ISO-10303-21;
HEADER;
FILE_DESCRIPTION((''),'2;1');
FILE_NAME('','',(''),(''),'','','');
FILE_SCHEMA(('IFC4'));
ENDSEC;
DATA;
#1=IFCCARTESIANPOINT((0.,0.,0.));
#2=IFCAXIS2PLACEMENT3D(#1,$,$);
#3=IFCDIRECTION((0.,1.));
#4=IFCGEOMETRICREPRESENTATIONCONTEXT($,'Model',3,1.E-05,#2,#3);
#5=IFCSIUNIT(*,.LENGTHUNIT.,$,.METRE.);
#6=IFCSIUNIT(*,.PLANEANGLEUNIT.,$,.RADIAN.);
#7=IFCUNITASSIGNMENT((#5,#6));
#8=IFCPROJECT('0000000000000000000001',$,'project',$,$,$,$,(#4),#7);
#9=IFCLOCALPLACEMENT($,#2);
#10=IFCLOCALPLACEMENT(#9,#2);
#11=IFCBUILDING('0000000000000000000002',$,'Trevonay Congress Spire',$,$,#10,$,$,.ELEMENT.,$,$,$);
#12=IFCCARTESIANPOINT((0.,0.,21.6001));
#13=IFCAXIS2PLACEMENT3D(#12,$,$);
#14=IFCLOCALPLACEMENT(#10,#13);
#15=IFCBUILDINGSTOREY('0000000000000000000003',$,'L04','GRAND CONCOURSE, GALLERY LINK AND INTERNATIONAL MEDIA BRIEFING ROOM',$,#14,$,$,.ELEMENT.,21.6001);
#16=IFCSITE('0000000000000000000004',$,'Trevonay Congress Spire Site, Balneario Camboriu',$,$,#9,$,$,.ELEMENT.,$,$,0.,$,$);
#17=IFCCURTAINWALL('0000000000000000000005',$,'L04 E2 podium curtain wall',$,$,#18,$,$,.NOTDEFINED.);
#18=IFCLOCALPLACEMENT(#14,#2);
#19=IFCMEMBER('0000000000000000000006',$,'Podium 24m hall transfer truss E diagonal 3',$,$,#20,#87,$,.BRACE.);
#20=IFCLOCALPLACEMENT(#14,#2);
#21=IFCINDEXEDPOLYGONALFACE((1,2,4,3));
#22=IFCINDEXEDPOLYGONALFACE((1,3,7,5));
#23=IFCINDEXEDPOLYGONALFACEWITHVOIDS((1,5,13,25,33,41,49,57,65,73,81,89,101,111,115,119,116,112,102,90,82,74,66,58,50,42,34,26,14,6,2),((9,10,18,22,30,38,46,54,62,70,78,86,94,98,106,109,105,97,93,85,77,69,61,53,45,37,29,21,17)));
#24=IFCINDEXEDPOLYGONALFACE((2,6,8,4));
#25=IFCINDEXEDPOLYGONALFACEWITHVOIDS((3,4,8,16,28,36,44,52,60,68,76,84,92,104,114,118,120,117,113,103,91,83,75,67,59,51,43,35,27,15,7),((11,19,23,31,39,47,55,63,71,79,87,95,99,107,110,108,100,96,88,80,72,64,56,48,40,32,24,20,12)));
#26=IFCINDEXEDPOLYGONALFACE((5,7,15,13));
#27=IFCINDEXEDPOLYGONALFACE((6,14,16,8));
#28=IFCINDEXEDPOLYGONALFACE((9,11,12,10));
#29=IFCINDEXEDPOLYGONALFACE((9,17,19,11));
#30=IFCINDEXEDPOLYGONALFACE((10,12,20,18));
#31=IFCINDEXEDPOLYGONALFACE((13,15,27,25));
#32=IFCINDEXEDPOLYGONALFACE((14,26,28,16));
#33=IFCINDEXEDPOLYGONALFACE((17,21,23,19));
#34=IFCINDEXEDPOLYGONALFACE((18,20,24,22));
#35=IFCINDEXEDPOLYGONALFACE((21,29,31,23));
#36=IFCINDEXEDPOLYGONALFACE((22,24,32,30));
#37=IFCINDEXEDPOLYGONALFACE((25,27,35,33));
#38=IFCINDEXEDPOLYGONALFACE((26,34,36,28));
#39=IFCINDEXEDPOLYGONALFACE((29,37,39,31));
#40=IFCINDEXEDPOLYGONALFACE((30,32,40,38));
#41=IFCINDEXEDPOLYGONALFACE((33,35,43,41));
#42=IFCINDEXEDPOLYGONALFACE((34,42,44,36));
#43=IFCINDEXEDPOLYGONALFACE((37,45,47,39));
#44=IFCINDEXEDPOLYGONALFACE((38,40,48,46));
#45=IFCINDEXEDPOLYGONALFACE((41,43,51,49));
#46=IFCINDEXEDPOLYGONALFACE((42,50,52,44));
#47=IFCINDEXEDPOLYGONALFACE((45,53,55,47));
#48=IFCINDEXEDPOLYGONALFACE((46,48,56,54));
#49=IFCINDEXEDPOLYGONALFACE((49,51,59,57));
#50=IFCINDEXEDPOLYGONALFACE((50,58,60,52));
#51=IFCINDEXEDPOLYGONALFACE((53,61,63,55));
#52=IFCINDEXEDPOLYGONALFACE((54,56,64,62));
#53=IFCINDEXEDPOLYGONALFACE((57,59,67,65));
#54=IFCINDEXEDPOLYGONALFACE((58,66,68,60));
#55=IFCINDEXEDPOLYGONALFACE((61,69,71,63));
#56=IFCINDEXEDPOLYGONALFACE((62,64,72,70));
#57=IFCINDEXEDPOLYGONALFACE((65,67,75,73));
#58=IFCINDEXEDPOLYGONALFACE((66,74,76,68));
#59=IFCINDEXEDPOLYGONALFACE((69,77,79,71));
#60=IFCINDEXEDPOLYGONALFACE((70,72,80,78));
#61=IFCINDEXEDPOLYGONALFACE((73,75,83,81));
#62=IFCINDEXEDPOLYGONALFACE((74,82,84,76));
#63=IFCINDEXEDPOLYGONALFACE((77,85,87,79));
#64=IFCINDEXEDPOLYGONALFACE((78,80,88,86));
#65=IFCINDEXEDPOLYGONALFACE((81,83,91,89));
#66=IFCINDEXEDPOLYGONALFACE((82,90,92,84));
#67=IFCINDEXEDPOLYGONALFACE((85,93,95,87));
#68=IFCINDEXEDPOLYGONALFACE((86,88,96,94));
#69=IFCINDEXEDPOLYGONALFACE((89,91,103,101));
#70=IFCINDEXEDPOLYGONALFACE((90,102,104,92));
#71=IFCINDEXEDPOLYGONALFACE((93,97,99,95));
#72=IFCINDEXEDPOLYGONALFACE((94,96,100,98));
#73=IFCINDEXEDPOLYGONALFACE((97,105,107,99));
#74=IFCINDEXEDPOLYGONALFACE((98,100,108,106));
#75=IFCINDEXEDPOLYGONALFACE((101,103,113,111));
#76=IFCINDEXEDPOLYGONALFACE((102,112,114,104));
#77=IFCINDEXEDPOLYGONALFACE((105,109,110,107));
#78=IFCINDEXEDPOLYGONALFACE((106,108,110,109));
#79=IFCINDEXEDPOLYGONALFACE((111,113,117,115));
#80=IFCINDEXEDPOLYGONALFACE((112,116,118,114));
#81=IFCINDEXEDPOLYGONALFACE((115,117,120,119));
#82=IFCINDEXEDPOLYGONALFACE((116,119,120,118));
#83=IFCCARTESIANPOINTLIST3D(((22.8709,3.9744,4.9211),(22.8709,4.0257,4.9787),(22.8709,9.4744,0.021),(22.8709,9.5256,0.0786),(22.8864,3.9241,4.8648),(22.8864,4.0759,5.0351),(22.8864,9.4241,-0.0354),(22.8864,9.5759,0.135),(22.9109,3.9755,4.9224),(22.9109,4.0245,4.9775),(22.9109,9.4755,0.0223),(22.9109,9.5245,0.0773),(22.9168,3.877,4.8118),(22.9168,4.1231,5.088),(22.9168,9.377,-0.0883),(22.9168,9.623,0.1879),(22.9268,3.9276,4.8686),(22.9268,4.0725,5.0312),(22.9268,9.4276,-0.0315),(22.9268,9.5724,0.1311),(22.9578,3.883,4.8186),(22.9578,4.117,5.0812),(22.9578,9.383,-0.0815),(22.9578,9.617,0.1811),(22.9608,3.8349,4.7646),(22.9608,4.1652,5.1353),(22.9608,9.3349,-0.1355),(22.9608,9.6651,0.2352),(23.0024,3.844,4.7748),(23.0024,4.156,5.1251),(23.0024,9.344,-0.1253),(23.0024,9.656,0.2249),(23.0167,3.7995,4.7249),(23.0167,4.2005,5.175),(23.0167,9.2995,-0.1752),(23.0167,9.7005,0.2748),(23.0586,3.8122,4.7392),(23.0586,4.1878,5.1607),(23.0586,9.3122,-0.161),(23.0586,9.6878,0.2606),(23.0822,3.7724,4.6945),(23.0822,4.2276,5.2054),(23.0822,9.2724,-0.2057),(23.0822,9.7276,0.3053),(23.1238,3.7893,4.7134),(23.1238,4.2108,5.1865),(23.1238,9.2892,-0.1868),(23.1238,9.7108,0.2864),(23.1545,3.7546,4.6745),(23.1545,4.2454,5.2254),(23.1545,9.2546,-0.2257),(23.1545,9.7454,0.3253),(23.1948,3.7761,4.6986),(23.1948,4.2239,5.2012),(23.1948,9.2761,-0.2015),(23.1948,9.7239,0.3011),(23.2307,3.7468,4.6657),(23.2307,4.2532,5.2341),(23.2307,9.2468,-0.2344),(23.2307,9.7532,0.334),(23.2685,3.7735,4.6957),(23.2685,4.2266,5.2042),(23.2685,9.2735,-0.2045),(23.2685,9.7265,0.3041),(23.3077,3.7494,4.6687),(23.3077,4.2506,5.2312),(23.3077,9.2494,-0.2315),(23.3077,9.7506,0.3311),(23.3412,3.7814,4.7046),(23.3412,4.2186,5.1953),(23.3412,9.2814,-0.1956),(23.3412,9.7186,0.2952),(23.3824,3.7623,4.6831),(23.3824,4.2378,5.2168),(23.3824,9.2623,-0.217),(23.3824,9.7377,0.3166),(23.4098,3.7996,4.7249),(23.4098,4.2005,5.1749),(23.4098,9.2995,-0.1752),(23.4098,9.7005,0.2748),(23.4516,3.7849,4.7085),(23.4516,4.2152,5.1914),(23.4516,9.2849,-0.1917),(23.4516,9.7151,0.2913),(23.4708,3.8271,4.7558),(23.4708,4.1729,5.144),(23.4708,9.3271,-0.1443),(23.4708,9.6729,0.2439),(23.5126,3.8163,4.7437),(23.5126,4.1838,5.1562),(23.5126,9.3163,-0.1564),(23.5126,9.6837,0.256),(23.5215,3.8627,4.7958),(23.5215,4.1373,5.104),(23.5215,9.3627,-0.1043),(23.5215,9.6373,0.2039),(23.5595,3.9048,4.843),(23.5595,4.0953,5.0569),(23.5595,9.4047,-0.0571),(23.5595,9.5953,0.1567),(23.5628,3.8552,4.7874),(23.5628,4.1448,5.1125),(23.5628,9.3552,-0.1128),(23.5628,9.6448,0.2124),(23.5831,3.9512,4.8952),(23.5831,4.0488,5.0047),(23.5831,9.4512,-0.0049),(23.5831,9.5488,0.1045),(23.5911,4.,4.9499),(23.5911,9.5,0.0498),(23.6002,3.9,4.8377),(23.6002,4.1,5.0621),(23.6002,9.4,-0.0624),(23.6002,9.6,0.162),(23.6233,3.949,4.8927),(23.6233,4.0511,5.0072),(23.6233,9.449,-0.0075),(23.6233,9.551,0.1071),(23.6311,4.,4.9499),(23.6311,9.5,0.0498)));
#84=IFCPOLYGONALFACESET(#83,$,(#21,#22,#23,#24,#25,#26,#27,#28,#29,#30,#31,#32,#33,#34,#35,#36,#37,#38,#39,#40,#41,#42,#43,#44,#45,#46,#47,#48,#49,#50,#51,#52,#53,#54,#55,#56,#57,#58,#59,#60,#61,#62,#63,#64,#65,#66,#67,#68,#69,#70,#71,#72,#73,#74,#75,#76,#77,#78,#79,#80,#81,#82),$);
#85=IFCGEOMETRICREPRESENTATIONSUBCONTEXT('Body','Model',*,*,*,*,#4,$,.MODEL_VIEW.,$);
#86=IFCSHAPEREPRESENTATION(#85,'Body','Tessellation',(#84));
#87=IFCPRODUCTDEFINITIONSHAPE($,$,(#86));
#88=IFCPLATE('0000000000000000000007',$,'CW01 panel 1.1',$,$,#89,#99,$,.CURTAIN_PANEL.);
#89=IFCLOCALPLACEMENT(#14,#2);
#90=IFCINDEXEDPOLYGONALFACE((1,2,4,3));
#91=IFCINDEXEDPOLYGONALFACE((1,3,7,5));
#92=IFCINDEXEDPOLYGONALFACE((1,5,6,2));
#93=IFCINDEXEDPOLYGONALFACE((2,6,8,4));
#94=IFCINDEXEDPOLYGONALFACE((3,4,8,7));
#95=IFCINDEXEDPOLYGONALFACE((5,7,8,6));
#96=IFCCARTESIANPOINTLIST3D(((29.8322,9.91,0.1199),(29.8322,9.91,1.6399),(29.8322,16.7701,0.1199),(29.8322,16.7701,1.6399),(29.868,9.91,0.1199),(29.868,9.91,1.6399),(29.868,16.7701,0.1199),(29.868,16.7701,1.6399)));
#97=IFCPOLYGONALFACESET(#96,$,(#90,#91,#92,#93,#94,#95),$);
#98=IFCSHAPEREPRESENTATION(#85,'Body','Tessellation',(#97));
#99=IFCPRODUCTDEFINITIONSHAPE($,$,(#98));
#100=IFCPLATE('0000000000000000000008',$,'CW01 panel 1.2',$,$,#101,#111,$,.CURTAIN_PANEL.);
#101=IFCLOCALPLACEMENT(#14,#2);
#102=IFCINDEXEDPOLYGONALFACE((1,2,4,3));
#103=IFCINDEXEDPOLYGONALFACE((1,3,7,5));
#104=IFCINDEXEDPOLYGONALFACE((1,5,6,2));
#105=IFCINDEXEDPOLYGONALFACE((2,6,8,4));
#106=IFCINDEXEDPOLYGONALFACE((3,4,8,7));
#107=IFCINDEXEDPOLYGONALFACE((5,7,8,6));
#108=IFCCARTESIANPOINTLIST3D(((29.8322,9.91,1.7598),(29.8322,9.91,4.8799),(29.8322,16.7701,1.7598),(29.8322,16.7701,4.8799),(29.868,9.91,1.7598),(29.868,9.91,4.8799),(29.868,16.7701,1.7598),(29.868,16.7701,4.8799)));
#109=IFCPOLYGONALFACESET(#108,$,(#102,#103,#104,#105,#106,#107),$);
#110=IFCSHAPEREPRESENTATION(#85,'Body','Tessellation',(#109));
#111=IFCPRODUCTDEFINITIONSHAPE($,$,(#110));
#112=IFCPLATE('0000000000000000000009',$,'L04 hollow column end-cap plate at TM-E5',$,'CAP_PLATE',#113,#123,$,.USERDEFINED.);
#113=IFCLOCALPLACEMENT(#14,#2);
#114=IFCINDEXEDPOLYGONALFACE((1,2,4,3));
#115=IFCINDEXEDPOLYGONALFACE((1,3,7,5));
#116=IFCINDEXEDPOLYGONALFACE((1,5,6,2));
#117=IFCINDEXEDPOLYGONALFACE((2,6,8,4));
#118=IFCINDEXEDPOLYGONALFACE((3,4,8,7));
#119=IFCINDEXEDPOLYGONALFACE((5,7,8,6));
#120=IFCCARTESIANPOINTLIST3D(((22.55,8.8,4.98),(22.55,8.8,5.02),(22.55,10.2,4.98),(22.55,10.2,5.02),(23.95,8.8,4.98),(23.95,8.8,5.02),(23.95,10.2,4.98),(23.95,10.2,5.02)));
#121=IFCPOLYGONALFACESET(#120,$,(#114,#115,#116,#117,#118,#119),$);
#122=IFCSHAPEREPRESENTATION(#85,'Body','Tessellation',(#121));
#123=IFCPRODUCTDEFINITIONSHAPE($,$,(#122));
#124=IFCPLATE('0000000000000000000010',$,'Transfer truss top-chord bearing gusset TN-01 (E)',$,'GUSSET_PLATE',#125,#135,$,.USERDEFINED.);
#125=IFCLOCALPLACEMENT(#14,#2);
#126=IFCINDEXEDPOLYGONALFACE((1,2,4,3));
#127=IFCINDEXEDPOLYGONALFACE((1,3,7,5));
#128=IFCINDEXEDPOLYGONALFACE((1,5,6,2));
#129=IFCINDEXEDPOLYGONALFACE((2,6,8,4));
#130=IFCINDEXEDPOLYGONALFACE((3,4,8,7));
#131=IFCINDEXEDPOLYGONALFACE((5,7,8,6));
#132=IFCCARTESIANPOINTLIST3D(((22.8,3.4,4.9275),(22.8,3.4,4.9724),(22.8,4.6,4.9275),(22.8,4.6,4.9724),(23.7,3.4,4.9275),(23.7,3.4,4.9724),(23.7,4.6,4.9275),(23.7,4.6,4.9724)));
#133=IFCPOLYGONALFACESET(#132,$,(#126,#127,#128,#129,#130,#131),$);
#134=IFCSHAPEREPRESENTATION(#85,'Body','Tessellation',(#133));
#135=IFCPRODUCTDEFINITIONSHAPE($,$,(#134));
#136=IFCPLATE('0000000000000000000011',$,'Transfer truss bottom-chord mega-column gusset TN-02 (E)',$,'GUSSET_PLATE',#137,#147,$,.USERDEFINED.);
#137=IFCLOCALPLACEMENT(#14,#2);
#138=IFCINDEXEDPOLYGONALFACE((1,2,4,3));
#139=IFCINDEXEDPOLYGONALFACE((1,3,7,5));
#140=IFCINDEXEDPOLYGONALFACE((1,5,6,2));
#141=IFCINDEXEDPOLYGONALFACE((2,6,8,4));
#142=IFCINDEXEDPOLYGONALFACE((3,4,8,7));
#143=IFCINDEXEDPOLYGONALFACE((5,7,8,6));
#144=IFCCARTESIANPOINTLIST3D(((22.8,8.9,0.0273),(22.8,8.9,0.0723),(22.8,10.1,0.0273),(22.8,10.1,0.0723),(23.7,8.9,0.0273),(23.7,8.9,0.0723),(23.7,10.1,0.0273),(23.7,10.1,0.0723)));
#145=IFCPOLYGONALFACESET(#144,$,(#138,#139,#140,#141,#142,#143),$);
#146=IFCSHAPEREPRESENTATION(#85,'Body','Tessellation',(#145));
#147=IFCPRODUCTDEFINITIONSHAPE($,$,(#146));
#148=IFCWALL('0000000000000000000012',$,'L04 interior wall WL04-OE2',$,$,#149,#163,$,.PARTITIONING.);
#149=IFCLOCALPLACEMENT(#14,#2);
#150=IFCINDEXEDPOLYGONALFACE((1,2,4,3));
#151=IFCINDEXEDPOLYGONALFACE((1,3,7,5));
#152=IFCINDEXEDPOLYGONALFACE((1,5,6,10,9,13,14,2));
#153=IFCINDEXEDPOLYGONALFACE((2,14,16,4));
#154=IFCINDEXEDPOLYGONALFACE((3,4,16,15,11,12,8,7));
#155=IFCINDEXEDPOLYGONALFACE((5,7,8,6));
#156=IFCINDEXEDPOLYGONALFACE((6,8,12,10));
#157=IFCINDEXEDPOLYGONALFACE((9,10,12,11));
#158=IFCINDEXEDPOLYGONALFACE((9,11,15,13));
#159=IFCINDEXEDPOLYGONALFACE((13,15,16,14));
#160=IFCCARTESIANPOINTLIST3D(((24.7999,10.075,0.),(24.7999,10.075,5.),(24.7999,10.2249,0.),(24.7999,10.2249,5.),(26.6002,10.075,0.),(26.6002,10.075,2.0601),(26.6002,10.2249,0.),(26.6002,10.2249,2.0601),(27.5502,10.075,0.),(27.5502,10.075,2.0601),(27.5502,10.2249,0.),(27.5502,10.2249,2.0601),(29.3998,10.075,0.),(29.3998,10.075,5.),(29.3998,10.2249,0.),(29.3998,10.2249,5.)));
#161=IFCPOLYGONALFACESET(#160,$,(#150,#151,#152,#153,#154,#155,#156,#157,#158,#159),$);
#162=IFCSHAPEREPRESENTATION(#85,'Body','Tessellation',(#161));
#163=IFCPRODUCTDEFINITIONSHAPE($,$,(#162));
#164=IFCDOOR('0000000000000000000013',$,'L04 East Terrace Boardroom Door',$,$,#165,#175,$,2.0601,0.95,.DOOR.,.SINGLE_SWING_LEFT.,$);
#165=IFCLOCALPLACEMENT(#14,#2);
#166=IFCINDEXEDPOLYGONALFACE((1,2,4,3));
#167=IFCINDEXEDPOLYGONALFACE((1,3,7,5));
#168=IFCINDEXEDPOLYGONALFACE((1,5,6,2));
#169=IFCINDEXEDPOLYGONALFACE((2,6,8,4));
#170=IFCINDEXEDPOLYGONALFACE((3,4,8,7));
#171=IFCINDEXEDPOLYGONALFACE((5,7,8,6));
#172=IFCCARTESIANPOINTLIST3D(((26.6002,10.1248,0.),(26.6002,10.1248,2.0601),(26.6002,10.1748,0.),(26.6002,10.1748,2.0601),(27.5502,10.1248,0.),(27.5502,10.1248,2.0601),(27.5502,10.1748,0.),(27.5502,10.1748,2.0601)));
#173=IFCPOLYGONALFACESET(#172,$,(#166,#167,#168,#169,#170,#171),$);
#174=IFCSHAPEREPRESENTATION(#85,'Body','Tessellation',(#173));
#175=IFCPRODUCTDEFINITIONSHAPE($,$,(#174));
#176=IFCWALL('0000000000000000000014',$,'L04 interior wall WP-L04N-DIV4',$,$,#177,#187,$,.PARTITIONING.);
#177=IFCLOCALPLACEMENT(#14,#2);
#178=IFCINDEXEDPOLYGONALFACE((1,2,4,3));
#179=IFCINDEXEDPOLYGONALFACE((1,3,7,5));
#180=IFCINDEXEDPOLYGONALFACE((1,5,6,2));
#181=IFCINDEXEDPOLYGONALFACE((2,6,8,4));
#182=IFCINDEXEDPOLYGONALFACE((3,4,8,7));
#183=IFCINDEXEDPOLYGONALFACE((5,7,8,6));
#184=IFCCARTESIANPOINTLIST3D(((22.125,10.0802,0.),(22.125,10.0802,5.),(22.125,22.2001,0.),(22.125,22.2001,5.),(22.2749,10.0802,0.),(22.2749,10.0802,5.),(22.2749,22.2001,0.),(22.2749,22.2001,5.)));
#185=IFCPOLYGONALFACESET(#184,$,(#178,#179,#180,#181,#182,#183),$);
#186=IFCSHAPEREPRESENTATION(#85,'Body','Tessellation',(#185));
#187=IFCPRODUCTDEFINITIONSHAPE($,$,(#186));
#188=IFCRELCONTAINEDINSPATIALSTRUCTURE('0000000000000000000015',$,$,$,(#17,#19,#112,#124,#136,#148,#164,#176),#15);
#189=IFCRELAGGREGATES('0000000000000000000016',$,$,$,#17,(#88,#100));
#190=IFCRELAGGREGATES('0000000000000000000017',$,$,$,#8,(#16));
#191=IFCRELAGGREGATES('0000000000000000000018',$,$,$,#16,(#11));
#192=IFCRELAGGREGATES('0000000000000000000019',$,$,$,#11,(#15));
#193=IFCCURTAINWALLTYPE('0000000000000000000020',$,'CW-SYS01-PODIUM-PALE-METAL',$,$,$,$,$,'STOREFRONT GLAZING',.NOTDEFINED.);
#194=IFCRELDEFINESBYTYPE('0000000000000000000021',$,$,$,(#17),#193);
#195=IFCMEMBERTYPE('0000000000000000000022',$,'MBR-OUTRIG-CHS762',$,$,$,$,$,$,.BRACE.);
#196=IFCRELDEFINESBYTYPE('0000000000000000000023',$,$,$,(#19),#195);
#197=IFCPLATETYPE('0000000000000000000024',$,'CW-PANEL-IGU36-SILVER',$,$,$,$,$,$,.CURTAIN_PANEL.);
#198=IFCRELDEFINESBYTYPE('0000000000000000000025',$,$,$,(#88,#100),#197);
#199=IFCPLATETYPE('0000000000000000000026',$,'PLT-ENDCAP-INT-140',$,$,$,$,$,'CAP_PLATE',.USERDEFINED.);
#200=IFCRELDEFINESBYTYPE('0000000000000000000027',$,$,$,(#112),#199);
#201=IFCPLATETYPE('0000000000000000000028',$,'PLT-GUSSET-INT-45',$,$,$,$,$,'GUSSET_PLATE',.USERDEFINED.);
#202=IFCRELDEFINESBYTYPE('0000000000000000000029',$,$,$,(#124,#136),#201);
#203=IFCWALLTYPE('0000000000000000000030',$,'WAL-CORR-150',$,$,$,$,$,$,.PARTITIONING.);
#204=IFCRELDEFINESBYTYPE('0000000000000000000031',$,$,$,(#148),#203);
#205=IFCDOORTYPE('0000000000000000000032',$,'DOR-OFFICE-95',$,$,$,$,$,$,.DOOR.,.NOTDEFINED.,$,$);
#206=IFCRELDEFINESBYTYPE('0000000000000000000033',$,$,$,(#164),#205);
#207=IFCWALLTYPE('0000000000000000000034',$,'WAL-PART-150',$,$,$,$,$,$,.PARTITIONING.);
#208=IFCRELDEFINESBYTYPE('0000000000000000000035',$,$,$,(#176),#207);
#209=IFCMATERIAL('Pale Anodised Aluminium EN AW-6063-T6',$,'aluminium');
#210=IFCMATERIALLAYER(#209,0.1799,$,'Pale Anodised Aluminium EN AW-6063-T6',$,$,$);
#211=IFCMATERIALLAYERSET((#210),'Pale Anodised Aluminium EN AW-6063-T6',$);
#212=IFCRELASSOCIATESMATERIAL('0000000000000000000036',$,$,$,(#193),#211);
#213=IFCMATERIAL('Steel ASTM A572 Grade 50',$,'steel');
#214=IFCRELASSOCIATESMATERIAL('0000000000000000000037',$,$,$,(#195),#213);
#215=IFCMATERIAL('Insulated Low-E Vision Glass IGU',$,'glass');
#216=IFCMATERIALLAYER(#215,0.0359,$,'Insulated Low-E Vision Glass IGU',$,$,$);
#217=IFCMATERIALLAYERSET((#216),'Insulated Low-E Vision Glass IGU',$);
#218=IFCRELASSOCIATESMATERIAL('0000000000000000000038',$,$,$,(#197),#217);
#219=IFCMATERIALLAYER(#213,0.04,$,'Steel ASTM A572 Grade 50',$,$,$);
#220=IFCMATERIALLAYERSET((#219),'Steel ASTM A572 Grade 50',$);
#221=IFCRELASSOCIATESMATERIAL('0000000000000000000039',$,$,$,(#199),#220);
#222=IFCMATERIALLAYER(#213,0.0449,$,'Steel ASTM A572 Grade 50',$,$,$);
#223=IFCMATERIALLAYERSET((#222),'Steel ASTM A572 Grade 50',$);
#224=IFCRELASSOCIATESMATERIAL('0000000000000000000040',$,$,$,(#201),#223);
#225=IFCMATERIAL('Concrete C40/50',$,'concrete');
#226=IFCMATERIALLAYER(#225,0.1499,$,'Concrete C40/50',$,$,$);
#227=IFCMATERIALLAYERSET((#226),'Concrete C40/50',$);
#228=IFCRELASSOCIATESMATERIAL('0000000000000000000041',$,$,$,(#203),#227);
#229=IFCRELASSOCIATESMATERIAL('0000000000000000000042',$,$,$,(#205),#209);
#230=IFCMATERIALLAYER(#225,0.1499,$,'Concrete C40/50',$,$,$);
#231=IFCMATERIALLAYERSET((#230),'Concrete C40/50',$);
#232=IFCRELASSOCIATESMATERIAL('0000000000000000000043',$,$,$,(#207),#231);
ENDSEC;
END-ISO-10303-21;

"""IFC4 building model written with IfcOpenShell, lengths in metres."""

from ifc_helpers import new_model, si_unit, direction, frame, frame_2d, origin, origin_2d, place, context, subcontext, project, spatial, rectangle, hollow_circle, extrude, material, layer, layer_set, material_profile, profile_set, type_object, element, fill, aggregate, save


model = new_model("IFC4")

# Units and contexts
model_context = context("Model", 3, precision=1e-05, world=origin(), true_north=direction((0.0, 1.0)))
body_context = subcontext(model_context, "Body", "Model", "MODEL_VIEW")
ifc_project = project(units=[si_unit("LENGTHUNIT", "METRE"), si_unit("PLANEANGLEUNIT", "RADIAN")], contexts=[model_context])

# Site, building, storey
site_placement = place(None, origin())
site = spatial("IfcSite", under=ifc_project, at=site_placement, Name="Trevonay Congress Spire Site, Balneario Camboriu", CompositionType="ELEMENT", RefElevation=0.0)
building_placement = place(site_placement, origin())
building = spatial("IfcBuilding", under=site, at=building_placement, Name="Trevonay Congress Spire", CompositionType="ELEMENT")
storey_placement = place(building_placement, frame((0.0, 0.0, 21.6001)))
storey = spatial("IfcBuildingStorey", under=building, at=storey_placement, Name="L04", Description="GRAND CONCOURSE, GALLERY LINK AND INTERNATIONAL MEDIA BRIEFING ROOM", CompositionType="ELEMENT", Elevation=21.6001)

# Shared definitions
ifc_material_1 = material(Name="Steel ASTM A572 Grade 50", Category="steel")

# Curtain wall
ifc_material_2 = material(Name="Pale Anodised Aluminium EN AW-6063-T6", Category="aluminium")
ifc_layer_1 = layer(ifc_material_2, 0.1799, Name="Pale Anodised Aluminium EN AW-6063-T6")
ifc_layer_set_1 = layer_set([ifc_layer_1], Name="Pale Anodised Aluminium EN AW-6063-T6")
curtain_wall_type = type_object("IfcCurtainWallType", Name="CW-SYS01-PODIUM-PALE-METAL", ElementType="STOREFRONT GLAZING", PredefinedType="NOTDEFINED", material=ifc_layer_set_1)
curtain_wall_placement = place(storey_placement, origin())
curtain_wall = element("IfcCurtainWall", 1, at=curtain_wall_placement, inside=storey, type_object=curtain_wall_type, Name="L04 E2 podium curtain wall", PredefinedType="NOTDEFINED")

# Member
ifc_material_profile_1 = material_profile(ifc_material_1, hollow_circle(Radius=0.3811, WallThickness=0.04, at=origin_2d()), Name="CHS 762x40")
ifc_profile_set_1 = profile_set([ifc_material_profile_1], Name="Steel ASTM A572 Grade 50")
member_type_1 = type_object("IfcMemberType", Name="MBR-OUTRIG-CHS762", PredefinedType="BRACE", material=ifc_profile_set_1)
member_1_placement = place(storey_placement, frame((23.25, 9.5, 0.0498), z_axis=(0.0, -0.74665, 0.665217), x_axis=(1.0, 0.0, 0.0)))
element("IfcMember", 2, at=member_1_placement, inside=storey, type_object=member_type_1, Name="Podium 24m hall transfer truss E diagonal 3", PredefinedType="BRACE", context=body_context, shape_type="SweptSolid", body=[
    extrude(hollow_circle(Radius=0.3811, WallThickness=0.04, at=origin_2d()), origin(), (0.0, 0.0, 1.0), 7.3662),
])

# Plates
ifc_material_3 = material(Name="Insulated Low-E Vision Glass IGU", Category="glass")
ifc_layer_2 = layer(ifc_material_3, 0.0359, Name="Insulated Low-E Vision Glass IGU")
ifc_layer_set_2 = layer_set([ifc_layer_2], Name="Insulated Low-E Vision Glass IGU")
plate_type_1 = type_object("IfcPlateType", Name="CW-PANEL-IGU36-SILVER", PredefinedType="CURTAIN_PANEL", material=ifc_layer_set_2)
plate_1_placement = place(storey_placement, frame((29.8501, 13.3401, 0.1199), z_axis=(0.0, 0.0, 1.0), x_axis=(0.0, 1.0, 0.0)))
plate_1 = element("IfcPlate", 3, at=plate_1_placement, type_object=plate_type_1, Name="CW01 panel 1.1", PredefinedType="CURTAIN_PANEL", context=body_context, shape_type="SweptSolid", body=[
    extrude(rectangle(XDim=6.8601, YDim=0.0359, at=origin_2d()), origin(), (0.0, 0.0, 1.0), 1.52),
])
plate_2_placement = place(storey_placement, frame((29.8501, 13.3401, 1.7598), z_axis=(0.0, 0.0, 1.0), x_axis=(0.0, 1.0, 0.0)))
plate_2 = element("IfcPlate", 4, at=plate_2_placement, type_object=plate_type_1, Name="CW01 panel 1.2", PredefinedType="CURTAIN_PANEL", context=body_context, shape_type="SweptSolid", body=[
    extrude(rectangle(XDim=6.8601, YDim=0.0359, at=origin_2d()), origin(), (0.0, 0.0, 1.0), 3.1201),
])
aggregate(curtain_wall, [plate_1, plate_2])

# Plates
ifc_layer_3 = layer(ifc_material_1, 0.04, Name="Steel ASTM A572 Grade 50")
ifc_layer_set_3 = layer_set([ifc_layer_3], Name="Steel ASTM A572 Grade 50")
plate_type_2 = type_object("IfcPlateType", Name="PLT-ENDCAP-INT-140", ElementType="CAP_PLATE", PredefinedType="USERDEFINED", material=ifc_layer_set_3)
plate_3_placement = place(storey_placement, frame((23.25, 9.5, 4.98), z_axis=(0.0, 0.0, 1.0), x_axis=(1.0, 0.0, 0.0)))
element("IfcPlate", 5, at=plate_3_placement, inside=storey, type_object=plate_type_2, Name="L04 hollow column end-cap plate at TM-E5", ObjectType="CAP_PLATE", PredefinedType="USERDEFINED", context=body_context, shape_type="SweptSolid", body=[
    extrude(rectangle(XDim=1.3999, YDim=1.3999, at=origin_2d()), origin(), (0.0, 0.0, 1.0), 0.04),
])
ifc_layer_4 = layer(ifc_material_1, 0.0449, Name="Steel ASTM A572 Grade 50")
ifc_layer_set_4 = layer_set([ifc_layer_4], Name="Steel ASTM A572 Grade 50")
plate_type_3 = type_object("IfcPlateType", Name="PLT-GUSSET-INT-45", ElementType="GUSSET_PLATE", PredefinedType="USERDEFINED", material=ifc_layer_set_4)
for number, where, z_axis, x_axis, name in (
    (6, (23.25, 4.0, 4.9275), (0.0, 0.0, 1.0), (0.0, 1.0, 0.0), "Transfer truss top-chord bearing gusset TN-01 (E)"),
    (7, (23.25, 9.5, 0.0273), (0.0, 0.0, 1.0), (0.0, 1.0, 0.0), "Transfer truss bottom-chord mega-column gusset TN-02 (E)"),
):
    element("IfcPlate", number, at=place(storey_placement, frame(where, z_axis=z_axis, x_axis=x_axis)), inside=storey, type_object=plate_type_3, Name=name, ObjectType="GUSSET_PLATE", PredefinedType="USERDEFINED", context=body_context, shape_type="SweptSolid", body=[
        extrude(rectangle(XDim=1.2, YDim=0.8999, at=origin_2d()), origin(), (0.0, 0.0, 1.0), 0.0449),
    ])

# Wall, opening, door
ifc_material_4 = material(Name="Concrete C40/50", Category="concrete")
ifc_layer_5 = layer(ifc_material_4, 0.1499, Name="Concrete C40/50")
ifc_layer_set_5 = layer_set([ifc_layer_5], Name="Concrete C40/50")
wall_type_1 = type_object("IfcWallType", Name="WAL-CORR-150", PredefinedType="PARTITIONING", material=ifc_layer_set_5)
wall_1_placement = place(storey_placement, frame((24.8, 10.1499, 0.0), z_axis=(0.0, 0.0, 1.0), x_axis=(1.0, 0.0, 0.0)))
wall_1 = element("IfcWall", 8, at=wall_1_placement, inside=storey, type_object=wall_type_1, Name="L04 interior wall WL04-OE2", PredefinedType="PARTITIONING", context=body_context, shape_type="SweptSolid", body=[
    extrude(rectangle(XDim=4.5999, YDim=0.1499, at=frame_2d((2.2998, 0.0))), origin(), (0.0, 0.0, 1.0), 5.0),
])
opening_1_placement = place(wall_1_placement, frame((1.8, 0.0, 0.0)))
opening_1 = element("IfcOpeningElement", 9, at=opening_1_placement, cuts=wall_1, PredefinedType="OPENING", context=body_context, shape_type="SweptSolid", body=[
    extrude(rectangle(XDim=0.95, YDim=2.0601, at=frame_2d((0.4751, 1.03))), frame((0.0, 0.085, 0.0), z_axis=(0.0, -1.0, 0.0), x_axis=(1.0, 0.0, 0.0)), (0.0, 0.0, 1.0), 0.1699),
])
door_type_1 = type_object("IfcDoorType", Name="DOR-OFFICE-95", OperationType="NOTDEFINED", PredefinedType="DOOR", material=ifc_material_2)
door_1_placement = place(opening_1_placement, origin())
door_1 = element("IfcDoor", 10, at=door_1_placement, inside=storey, type_object=door_type_1, Name="L04 East Terrace Boardroom Door", OperationType="SINGLE_SWING_LEFT", OverallHeight=2.0601, OverallWidth=0.95, PredefinedType="DOOR", context=body_context, shape_type="SweptSolid", body=[
    extrude(rectangle(XDim=0.95, YDim=2.0601, at=frame_2d((0.4751, 1.03))), frame((0.0, 0.0249, 0.0), z_axis=(0.0, -1.0, 0.0), x_axis=(1.0, 0.0, 0.0)), (0.0, 0.0, 1.0), 0.05),
])
fill(opening_1, door_1)

# Wall
ifc_layer_6 = layer(ifc_material_4, 0.1499, Name="Concrete C40/50")
ifc_layer_set_6 = layer_set([ifc_layer_6], Name="Concrete C40/50")
wall_type_2 = type_object("IfcWallType", Name="WAL-PART-150", PredefinedType="PARTITIONING", material=ifc_layer_set_6)
wall_2_placement = place(storey_placement, frame((22.2, 10.0801, 0.0), z_axis=(0.0, 0.0, 1.0), x_axis=(0.0, 1.0, 0.0)))
element("IfcWall", 11, at=wall_2_placement, inside=storey, type_object=wall_type_2, Name="L04 interior wall WP-L04N-DIV4", PredefinedType="PARTITIONING", context=body_context, shape_type="SweptSolid", body=[
    extrude(rectangle(XDim=12.1199, YDim=0.1499, at=frame_2d((6.0601, 0.0))), origin(), (0.0, 0.0, 1.0), 5.0),
])

save(model, "model.ifc")
